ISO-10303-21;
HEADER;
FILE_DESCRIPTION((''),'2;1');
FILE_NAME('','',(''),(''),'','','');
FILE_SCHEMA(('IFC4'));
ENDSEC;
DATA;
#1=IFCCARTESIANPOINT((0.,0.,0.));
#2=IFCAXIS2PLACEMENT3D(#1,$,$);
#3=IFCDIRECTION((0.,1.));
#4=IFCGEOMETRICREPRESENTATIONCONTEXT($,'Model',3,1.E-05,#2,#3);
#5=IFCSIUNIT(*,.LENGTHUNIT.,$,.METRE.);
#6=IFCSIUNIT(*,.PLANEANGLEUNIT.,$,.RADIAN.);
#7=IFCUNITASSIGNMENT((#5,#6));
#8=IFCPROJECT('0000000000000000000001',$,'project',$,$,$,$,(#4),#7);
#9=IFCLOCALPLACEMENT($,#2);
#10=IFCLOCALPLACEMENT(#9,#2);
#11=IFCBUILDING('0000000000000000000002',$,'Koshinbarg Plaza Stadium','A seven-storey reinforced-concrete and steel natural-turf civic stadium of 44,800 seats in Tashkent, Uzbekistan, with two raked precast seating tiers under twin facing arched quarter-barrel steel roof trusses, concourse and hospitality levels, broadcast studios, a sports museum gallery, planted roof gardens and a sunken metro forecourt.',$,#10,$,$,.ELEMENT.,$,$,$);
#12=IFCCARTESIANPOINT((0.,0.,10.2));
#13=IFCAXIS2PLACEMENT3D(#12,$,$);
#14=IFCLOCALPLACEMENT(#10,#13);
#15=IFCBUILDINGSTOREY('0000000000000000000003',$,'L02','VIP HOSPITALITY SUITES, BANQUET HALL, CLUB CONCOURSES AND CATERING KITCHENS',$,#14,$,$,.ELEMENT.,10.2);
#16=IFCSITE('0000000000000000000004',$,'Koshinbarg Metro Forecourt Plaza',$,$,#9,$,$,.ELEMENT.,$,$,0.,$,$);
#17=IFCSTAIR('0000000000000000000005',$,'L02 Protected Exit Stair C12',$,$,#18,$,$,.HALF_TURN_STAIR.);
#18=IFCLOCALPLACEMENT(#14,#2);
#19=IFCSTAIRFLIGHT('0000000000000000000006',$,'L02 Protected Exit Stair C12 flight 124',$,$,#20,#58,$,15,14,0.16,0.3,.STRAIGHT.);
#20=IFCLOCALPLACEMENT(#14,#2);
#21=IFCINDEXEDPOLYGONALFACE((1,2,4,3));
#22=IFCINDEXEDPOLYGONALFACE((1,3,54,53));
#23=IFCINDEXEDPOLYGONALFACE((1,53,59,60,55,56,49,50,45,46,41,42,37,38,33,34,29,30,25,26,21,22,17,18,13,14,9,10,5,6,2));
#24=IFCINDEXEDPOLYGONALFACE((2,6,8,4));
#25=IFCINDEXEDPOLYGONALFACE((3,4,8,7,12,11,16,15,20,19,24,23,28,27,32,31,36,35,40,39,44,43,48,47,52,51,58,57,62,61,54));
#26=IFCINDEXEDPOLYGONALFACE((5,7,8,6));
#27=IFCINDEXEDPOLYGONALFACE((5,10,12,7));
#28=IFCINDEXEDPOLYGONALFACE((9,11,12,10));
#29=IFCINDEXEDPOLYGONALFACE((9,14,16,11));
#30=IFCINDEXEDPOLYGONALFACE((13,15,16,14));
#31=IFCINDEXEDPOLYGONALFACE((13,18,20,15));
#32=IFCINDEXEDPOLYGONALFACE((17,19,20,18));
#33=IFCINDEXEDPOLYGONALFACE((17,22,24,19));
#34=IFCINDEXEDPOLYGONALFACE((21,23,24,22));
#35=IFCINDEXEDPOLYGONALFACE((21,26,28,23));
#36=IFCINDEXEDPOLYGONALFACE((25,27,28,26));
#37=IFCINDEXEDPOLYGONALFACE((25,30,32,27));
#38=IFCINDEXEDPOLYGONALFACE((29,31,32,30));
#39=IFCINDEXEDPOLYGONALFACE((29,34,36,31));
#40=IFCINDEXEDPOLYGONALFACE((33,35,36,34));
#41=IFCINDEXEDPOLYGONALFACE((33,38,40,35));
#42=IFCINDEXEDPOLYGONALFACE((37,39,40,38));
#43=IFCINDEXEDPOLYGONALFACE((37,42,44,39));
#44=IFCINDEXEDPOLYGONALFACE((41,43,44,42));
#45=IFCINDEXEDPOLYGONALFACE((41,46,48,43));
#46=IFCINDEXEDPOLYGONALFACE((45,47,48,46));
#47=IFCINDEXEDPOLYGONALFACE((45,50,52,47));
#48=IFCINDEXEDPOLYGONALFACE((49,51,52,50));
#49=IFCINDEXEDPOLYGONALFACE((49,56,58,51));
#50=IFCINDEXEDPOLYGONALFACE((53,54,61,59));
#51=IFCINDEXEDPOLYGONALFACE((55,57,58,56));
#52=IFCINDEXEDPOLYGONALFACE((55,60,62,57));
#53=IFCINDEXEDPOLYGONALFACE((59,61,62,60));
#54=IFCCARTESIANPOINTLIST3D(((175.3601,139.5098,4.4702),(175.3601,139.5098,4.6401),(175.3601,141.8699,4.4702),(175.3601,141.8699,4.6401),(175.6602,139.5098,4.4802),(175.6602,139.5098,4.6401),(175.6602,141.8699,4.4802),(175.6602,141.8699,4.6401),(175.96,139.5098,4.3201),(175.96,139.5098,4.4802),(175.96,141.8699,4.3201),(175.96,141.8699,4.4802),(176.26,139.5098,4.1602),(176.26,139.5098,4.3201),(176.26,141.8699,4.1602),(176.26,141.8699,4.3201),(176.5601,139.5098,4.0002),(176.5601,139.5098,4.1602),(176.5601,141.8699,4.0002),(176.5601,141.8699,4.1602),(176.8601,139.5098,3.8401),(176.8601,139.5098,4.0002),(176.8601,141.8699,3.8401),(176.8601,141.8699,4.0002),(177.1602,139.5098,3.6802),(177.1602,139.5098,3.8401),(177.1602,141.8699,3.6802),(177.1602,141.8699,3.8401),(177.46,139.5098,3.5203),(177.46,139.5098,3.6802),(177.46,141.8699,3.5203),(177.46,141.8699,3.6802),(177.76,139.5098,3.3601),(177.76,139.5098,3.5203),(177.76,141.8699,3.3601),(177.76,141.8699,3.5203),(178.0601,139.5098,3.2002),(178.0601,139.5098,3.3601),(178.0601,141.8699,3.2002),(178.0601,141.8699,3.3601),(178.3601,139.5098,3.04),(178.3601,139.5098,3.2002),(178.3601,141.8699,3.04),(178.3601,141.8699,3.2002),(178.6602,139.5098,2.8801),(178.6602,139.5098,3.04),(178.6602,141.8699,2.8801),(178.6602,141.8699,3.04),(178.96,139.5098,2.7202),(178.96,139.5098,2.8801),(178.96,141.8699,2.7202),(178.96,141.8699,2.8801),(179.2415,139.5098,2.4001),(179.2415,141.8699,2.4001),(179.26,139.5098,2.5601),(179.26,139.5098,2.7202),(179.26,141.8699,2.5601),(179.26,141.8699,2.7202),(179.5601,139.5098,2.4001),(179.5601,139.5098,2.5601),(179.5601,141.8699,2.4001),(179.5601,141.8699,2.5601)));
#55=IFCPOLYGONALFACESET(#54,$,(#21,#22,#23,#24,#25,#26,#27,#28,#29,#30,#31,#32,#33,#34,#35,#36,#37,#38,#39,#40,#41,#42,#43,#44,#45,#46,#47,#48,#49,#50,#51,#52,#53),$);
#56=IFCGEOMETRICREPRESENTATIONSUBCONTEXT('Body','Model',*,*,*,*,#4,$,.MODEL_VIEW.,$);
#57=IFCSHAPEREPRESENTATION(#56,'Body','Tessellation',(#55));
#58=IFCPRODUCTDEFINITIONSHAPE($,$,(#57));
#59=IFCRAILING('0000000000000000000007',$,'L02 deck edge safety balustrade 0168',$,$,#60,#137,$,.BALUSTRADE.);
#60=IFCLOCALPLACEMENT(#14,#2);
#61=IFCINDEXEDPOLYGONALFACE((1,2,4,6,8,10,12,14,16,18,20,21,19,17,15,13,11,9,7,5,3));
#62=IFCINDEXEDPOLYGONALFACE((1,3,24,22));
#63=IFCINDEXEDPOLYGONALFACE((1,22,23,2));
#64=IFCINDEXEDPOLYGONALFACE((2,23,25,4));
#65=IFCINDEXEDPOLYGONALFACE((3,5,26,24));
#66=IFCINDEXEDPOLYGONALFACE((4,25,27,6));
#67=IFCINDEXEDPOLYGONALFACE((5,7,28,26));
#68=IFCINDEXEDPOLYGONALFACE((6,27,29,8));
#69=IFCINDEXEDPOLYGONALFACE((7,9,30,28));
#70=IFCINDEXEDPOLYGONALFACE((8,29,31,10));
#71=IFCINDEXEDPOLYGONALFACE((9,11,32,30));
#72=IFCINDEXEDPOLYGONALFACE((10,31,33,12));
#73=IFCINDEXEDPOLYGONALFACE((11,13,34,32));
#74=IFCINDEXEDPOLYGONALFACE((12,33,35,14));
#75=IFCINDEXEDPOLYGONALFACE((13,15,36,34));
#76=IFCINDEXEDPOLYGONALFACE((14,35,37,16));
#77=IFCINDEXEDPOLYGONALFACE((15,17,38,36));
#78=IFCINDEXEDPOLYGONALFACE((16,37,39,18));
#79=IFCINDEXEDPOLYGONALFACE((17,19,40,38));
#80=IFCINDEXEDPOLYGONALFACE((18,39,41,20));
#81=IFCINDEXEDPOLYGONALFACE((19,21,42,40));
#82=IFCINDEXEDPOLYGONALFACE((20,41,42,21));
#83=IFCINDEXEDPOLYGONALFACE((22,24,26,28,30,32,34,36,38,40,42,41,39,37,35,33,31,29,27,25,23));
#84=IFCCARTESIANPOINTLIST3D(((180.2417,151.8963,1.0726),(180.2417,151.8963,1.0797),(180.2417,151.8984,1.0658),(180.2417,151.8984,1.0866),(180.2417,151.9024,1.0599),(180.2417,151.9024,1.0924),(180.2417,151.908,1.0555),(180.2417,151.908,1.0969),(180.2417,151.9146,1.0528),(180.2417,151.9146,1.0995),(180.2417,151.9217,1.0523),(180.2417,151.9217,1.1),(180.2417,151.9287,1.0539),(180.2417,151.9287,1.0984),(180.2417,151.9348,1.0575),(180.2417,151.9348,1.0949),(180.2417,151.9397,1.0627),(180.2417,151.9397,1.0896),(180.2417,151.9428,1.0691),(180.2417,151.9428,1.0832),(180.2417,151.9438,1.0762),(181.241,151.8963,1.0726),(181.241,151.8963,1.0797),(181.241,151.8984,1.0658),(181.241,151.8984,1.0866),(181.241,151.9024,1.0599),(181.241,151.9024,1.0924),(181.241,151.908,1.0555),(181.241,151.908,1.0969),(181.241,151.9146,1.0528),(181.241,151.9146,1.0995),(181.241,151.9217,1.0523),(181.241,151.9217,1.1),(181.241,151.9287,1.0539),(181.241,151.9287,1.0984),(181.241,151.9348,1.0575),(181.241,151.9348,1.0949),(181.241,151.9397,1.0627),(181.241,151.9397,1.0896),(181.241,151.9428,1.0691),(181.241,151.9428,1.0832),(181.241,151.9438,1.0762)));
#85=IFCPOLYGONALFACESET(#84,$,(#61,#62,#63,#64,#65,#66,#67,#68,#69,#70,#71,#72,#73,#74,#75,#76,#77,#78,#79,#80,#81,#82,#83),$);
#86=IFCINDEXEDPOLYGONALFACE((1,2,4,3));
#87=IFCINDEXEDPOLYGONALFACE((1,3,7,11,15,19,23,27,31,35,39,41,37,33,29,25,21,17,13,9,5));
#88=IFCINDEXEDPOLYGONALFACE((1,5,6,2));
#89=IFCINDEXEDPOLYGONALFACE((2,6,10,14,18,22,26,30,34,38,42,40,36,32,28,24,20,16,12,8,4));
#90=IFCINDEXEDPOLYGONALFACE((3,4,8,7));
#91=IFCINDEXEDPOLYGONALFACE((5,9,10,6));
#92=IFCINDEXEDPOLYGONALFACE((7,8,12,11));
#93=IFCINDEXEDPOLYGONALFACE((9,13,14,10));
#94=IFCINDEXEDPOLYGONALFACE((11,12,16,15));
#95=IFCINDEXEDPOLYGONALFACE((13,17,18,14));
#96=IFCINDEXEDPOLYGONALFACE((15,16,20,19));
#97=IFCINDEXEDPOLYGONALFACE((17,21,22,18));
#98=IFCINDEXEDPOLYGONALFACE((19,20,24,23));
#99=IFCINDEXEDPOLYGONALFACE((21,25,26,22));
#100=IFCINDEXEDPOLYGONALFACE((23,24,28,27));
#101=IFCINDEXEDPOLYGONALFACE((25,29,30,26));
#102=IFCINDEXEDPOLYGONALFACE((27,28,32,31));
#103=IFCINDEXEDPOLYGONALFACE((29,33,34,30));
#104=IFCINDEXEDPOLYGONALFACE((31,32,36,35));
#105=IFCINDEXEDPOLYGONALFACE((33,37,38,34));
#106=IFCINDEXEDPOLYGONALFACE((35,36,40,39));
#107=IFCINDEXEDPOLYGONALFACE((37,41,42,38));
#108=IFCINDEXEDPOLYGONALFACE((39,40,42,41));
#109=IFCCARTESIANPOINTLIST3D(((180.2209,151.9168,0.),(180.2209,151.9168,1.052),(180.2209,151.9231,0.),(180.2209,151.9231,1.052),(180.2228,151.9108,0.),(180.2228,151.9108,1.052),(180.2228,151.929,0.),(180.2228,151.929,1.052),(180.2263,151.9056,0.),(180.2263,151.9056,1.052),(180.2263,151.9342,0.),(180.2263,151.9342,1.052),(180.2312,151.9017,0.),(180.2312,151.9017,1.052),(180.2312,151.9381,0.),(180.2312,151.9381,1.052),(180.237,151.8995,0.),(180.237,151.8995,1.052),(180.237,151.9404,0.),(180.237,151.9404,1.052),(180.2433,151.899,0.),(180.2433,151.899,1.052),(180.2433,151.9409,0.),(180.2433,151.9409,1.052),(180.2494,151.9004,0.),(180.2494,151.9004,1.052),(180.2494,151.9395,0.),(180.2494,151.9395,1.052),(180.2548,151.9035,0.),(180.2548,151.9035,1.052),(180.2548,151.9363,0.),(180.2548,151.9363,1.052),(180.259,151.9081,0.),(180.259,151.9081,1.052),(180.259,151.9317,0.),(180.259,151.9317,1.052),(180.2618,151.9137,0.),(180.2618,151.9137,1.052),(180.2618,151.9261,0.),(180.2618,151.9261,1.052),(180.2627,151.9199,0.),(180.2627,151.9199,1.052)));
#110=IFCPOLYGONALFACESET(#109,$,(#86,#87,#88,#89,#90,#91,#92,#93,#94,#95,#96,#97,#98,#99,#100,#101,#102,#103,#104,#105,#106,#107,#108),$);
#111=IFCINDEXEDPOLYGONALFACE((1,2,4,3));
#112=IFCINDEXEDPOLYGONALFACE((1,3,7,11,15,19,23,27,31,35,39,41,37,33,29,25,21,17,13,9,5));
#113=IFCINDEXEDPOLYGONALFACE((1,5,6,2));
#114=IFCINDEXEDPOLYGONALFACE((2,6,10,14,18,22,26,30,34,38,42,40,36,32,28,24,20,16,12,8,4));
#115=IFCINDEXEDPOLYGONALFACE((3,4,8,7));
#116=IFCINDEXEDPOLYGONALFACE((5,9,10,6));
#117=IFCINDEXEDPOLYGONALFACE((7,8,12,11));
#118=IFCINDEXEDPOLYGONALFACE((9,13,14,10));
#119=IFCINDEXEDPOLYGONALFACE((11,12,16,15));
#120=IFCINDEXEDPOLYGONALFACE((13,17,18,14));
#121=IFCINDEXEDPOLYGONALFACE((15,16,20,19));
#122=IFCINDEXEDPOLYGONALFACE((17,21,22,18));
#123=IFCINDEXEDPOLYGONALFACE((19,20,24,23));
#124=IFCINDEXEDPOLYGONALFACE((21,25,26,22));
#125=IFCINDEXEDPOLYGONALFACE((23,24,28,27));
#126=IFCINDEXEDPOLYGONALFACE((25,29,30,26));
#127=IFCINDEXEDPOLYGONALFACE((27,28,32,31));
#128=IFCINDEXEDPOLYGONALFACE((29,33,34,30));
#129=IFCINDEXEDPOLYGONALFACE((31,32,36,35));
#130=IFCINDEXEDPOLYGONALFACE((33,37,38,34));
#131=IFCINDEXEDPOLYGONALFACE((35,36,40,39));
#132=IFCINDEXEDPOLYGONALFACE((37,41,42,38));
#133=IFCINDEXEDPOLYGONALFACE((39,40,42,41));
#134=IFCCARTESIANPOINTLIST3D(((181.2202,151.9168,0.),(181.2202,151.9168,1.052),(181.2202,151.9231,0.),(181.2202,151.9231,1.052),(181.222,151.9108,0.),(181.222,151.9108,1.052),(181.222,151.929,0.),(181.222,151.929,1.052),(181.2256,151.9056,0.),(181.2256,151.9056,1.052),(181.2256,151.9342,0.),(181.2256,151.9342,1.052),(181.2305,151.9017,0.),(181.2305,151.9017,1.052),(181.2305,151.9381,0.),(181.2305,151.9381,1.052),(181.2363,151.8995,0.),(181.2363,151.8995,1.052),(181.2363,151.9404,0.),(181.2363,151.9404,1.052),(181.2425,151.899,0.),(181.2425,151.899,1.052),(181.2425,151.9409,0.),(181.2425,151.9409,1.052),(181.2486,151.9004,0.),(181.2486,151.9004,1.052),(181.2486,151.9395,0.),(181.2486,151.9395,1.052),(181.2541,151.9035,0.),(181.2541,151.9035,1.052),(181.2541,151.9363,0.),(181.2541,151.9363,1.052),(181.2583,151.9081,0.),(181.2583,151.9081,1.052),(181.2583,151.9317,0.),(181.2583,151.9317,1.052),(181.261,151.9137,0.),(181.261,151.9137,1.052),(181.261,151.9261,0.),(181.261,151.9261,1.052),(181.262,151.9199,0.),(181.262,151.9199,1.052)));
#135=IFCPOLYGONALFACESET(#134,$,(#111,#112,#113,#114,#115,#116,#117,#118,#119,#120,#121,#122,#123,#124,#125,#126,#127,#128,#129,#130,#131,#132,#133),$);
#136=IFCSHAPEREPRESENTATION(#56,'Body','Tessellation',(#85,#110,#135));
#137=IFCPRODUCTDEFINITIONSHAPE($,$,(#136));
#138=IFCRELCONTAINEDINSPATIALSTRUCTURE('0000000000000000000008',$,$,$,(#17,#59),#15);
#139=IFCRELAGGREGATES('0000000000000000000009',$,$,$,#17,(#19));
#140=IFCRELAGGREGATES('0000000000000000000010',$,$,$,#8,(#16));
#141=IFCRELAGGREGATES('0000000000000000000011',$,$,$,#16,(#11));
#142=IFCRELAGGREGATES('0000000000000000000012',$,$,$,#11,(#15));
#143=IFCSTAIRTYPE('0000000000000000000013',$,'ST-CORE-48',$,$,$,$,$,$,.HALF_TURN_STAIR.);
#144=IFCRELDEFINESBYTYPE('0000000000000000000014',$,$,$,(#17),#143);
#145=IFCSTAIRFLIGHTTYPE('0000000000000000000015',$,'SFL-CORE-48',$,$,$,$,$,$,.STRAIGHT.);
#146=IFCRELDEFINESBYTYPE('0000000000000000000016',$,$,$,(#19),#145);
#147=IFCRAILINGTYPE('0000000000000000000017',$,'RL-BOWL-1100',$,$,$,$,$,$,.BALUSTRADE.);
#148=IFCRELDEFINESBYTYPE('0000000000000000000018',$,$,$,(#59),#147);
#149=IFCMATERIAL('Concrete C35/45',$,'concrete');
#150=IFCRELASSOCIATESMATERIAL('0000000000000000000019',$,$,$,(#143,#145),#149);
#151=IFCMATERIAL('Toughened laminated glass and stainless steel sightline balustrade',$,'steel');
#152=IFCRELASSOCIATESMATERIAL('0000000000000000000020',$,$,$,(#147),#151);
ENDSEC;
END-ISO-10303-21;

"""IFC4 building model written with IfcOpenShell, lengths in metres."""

from ifc_helpers import new_model, si_unit, direction, frame, origin, origin_2d, place, context, subcontext, project, spatial, polyline, circle, outline, extrude, material, type_object, element, aggregate, save


model = new_model("IFC4")

# Units and contexts
model_context = context("Model", 3, precision=1e-05, world=origin(), true_north=direction((0.0, 1.0)))
body_context = subcontext(model_context, "Body", "Model", "MODEL_VIEW")
ifc_project = project(units=[si_unit("LENGTHUNIT", "METRE"), si_unit("PLANEANGLEUNIT", "RADIAN")], contexts=[model_context])

# Site, building, storey
site_placement = place(None, origin())
site = spatial("IfcSite", under=ifc_project, at=site_placement, Name="Koshinbarg Metro Forecourt Plaza", CompositionType="ELEMENT", RefElevation=0.0)
building_placement = place(site_placement, origin())
building = spatial("IfcBuilding", under=site, at=building_placement, Name="Koshinbarg Plaza Stadium", Description="A seven-storey reinforced-concrete and steel natural-turf civic stadium of 44,800 seats in Tashkent, Uzbekistan, with two raked precast seating tiers under twin facing arched quarter-barrel steel roof trusses, concourse and hospitality levels, broadcast studios, a sports museum gallery, planted roof gardens and a sunken metro forecourt.", CompositionType="ELEMENT")
storey_placement = place(building_placement, frame((0.0, 0.0, 10.2)))
storey = spatial("IfcBuildingStorey", under=building, at=storey_placement, Name="L02", Description="VIP HOSPITALITY SUITES, BANQUET HALL, CLUB CONCOURSES AND CATERING KITCHENS", CompositionType="ELEMENT", Elevation=10.2)

# Stair, stair flight
ifc_material_1 = material(Name="Concrete C35/45", Category="concrete")
stair_type = type_object("IfcStairType", Name="ST-CORE-48", PredefinedType="HALF_TURN_STAIR", material=ifc_material_1)
stair_placement = place(storey_placement, origin())
stair = element("IfcStair", 1, at=stair_placement, inside=storey, type_object=stair_type, Name="L02 Protected Exit Stair C12", PredefinedType="HALF_TURN_STAIR")
stair_flight_type = type_object("IfcStairFlightType", Name="SFL-CORE-48", PredefinedType="STRAIGHT", material=ifc_material_1)
stair_flight_1_placement = place(storey_placement, frame((179.5601, 140.6899, 2.4001), z_axis=(0.0, 0.0, 1.0), x_axis=(-1.0, 0.0, 0.0)))
stair_flight_1 = element("IfcStairFlight", 2, at=stair_flight_1_placement, type_object=stair_flight_type, Name="L02 Protected Exit Stair C12 flight 124", NumberOfRisers=15, NumberOfTreads=14, PredefinedType="STRAIGHT", RiserHeight=0.16, TreadLength=0.3, context=body_context, shape_type="SweptSolid", body=[
    extrude(outline(polyline([(0.0, 0.0), (0.0, 0.1599), (0.3, 0.1599), (0.3, 0.3201), (0.6001, 0.3201), (0.6001, 0.48), (0.8999, 0.48), (0.8999, 0.6399), (1.2, 0.6399), (1.2, 0.8), (1.5, 0.8), (1.5, 0.96), (1.8, 0.96), (1.8, 1.1201), (2.1001, 1.1201), (2.1001, 1.28), (2.3999, 1.28), (2.3999, 1.4399), (2.7, 1.4399), (2.7, 1.6001), (3.0, 1.6001), (3.0, 1.76), (3.3, 1.76), (3.3, 1.9199), (3.6001, 1.9199), (3.6001, 2.0801), (3.8999, 2.0801), (3.8999, 2.24), (4.2, 2.24), (4.2, 2.3999), (4.2, 2.0701), (0.3186, 0.0), (0.0, 0.0)])), frame((0.0, 1.1802, 0.0), z_axis=(0.0, -1.0, 0.0), x_axis=(1.0, 0.0, 0.0)), (0.0, 0.0, 1.0), 2.3601),
])
aggregate(stair, [stair_flight_1])

# Railing
ifc_material_2 = material(Name="Toughened laminated glass and stainless steel sightline balustrade", Category="steel")
railing_type_1 = type_object("IfcRailingType", Name="RL-BOWL-1100", PredefinedType="BALUSTRADE", material=ifc_material_2)
railing_1_placement = place(storey_placement, frame((180.2417, 151.9199, 0.0)))
element("IfcRailing", 3, at=railing_1_placement, inside=storey, type_object=railing_type_1, Name="L02 deck edge safety balustrade 0168", PredefinedType="BALUSTRADE", context=body_context, shape_type="SweptSolid", body=[
    extrude(circle(Radius=0.0239, at=origin_2d()), frame((0.0, 0.0, 1.0762), z_axis=(1.0, 0.0, 0.0), x_axis=(0.0, 1.0, 0.0)), (0.0, 0.0, 1.0), 0.9993),
    extrude(circle(Radius=0.021, at=origin_2d()), origin(), (0.0, 0.0, 1.0), 1.052),
    extrude(circle(Radius=0.021, at=origin_2d()), frame((0.9993, 0.0, 0.0)), (0.0, 0.0, 1.0), 1.052),
])

save(model, "model.ifc")
